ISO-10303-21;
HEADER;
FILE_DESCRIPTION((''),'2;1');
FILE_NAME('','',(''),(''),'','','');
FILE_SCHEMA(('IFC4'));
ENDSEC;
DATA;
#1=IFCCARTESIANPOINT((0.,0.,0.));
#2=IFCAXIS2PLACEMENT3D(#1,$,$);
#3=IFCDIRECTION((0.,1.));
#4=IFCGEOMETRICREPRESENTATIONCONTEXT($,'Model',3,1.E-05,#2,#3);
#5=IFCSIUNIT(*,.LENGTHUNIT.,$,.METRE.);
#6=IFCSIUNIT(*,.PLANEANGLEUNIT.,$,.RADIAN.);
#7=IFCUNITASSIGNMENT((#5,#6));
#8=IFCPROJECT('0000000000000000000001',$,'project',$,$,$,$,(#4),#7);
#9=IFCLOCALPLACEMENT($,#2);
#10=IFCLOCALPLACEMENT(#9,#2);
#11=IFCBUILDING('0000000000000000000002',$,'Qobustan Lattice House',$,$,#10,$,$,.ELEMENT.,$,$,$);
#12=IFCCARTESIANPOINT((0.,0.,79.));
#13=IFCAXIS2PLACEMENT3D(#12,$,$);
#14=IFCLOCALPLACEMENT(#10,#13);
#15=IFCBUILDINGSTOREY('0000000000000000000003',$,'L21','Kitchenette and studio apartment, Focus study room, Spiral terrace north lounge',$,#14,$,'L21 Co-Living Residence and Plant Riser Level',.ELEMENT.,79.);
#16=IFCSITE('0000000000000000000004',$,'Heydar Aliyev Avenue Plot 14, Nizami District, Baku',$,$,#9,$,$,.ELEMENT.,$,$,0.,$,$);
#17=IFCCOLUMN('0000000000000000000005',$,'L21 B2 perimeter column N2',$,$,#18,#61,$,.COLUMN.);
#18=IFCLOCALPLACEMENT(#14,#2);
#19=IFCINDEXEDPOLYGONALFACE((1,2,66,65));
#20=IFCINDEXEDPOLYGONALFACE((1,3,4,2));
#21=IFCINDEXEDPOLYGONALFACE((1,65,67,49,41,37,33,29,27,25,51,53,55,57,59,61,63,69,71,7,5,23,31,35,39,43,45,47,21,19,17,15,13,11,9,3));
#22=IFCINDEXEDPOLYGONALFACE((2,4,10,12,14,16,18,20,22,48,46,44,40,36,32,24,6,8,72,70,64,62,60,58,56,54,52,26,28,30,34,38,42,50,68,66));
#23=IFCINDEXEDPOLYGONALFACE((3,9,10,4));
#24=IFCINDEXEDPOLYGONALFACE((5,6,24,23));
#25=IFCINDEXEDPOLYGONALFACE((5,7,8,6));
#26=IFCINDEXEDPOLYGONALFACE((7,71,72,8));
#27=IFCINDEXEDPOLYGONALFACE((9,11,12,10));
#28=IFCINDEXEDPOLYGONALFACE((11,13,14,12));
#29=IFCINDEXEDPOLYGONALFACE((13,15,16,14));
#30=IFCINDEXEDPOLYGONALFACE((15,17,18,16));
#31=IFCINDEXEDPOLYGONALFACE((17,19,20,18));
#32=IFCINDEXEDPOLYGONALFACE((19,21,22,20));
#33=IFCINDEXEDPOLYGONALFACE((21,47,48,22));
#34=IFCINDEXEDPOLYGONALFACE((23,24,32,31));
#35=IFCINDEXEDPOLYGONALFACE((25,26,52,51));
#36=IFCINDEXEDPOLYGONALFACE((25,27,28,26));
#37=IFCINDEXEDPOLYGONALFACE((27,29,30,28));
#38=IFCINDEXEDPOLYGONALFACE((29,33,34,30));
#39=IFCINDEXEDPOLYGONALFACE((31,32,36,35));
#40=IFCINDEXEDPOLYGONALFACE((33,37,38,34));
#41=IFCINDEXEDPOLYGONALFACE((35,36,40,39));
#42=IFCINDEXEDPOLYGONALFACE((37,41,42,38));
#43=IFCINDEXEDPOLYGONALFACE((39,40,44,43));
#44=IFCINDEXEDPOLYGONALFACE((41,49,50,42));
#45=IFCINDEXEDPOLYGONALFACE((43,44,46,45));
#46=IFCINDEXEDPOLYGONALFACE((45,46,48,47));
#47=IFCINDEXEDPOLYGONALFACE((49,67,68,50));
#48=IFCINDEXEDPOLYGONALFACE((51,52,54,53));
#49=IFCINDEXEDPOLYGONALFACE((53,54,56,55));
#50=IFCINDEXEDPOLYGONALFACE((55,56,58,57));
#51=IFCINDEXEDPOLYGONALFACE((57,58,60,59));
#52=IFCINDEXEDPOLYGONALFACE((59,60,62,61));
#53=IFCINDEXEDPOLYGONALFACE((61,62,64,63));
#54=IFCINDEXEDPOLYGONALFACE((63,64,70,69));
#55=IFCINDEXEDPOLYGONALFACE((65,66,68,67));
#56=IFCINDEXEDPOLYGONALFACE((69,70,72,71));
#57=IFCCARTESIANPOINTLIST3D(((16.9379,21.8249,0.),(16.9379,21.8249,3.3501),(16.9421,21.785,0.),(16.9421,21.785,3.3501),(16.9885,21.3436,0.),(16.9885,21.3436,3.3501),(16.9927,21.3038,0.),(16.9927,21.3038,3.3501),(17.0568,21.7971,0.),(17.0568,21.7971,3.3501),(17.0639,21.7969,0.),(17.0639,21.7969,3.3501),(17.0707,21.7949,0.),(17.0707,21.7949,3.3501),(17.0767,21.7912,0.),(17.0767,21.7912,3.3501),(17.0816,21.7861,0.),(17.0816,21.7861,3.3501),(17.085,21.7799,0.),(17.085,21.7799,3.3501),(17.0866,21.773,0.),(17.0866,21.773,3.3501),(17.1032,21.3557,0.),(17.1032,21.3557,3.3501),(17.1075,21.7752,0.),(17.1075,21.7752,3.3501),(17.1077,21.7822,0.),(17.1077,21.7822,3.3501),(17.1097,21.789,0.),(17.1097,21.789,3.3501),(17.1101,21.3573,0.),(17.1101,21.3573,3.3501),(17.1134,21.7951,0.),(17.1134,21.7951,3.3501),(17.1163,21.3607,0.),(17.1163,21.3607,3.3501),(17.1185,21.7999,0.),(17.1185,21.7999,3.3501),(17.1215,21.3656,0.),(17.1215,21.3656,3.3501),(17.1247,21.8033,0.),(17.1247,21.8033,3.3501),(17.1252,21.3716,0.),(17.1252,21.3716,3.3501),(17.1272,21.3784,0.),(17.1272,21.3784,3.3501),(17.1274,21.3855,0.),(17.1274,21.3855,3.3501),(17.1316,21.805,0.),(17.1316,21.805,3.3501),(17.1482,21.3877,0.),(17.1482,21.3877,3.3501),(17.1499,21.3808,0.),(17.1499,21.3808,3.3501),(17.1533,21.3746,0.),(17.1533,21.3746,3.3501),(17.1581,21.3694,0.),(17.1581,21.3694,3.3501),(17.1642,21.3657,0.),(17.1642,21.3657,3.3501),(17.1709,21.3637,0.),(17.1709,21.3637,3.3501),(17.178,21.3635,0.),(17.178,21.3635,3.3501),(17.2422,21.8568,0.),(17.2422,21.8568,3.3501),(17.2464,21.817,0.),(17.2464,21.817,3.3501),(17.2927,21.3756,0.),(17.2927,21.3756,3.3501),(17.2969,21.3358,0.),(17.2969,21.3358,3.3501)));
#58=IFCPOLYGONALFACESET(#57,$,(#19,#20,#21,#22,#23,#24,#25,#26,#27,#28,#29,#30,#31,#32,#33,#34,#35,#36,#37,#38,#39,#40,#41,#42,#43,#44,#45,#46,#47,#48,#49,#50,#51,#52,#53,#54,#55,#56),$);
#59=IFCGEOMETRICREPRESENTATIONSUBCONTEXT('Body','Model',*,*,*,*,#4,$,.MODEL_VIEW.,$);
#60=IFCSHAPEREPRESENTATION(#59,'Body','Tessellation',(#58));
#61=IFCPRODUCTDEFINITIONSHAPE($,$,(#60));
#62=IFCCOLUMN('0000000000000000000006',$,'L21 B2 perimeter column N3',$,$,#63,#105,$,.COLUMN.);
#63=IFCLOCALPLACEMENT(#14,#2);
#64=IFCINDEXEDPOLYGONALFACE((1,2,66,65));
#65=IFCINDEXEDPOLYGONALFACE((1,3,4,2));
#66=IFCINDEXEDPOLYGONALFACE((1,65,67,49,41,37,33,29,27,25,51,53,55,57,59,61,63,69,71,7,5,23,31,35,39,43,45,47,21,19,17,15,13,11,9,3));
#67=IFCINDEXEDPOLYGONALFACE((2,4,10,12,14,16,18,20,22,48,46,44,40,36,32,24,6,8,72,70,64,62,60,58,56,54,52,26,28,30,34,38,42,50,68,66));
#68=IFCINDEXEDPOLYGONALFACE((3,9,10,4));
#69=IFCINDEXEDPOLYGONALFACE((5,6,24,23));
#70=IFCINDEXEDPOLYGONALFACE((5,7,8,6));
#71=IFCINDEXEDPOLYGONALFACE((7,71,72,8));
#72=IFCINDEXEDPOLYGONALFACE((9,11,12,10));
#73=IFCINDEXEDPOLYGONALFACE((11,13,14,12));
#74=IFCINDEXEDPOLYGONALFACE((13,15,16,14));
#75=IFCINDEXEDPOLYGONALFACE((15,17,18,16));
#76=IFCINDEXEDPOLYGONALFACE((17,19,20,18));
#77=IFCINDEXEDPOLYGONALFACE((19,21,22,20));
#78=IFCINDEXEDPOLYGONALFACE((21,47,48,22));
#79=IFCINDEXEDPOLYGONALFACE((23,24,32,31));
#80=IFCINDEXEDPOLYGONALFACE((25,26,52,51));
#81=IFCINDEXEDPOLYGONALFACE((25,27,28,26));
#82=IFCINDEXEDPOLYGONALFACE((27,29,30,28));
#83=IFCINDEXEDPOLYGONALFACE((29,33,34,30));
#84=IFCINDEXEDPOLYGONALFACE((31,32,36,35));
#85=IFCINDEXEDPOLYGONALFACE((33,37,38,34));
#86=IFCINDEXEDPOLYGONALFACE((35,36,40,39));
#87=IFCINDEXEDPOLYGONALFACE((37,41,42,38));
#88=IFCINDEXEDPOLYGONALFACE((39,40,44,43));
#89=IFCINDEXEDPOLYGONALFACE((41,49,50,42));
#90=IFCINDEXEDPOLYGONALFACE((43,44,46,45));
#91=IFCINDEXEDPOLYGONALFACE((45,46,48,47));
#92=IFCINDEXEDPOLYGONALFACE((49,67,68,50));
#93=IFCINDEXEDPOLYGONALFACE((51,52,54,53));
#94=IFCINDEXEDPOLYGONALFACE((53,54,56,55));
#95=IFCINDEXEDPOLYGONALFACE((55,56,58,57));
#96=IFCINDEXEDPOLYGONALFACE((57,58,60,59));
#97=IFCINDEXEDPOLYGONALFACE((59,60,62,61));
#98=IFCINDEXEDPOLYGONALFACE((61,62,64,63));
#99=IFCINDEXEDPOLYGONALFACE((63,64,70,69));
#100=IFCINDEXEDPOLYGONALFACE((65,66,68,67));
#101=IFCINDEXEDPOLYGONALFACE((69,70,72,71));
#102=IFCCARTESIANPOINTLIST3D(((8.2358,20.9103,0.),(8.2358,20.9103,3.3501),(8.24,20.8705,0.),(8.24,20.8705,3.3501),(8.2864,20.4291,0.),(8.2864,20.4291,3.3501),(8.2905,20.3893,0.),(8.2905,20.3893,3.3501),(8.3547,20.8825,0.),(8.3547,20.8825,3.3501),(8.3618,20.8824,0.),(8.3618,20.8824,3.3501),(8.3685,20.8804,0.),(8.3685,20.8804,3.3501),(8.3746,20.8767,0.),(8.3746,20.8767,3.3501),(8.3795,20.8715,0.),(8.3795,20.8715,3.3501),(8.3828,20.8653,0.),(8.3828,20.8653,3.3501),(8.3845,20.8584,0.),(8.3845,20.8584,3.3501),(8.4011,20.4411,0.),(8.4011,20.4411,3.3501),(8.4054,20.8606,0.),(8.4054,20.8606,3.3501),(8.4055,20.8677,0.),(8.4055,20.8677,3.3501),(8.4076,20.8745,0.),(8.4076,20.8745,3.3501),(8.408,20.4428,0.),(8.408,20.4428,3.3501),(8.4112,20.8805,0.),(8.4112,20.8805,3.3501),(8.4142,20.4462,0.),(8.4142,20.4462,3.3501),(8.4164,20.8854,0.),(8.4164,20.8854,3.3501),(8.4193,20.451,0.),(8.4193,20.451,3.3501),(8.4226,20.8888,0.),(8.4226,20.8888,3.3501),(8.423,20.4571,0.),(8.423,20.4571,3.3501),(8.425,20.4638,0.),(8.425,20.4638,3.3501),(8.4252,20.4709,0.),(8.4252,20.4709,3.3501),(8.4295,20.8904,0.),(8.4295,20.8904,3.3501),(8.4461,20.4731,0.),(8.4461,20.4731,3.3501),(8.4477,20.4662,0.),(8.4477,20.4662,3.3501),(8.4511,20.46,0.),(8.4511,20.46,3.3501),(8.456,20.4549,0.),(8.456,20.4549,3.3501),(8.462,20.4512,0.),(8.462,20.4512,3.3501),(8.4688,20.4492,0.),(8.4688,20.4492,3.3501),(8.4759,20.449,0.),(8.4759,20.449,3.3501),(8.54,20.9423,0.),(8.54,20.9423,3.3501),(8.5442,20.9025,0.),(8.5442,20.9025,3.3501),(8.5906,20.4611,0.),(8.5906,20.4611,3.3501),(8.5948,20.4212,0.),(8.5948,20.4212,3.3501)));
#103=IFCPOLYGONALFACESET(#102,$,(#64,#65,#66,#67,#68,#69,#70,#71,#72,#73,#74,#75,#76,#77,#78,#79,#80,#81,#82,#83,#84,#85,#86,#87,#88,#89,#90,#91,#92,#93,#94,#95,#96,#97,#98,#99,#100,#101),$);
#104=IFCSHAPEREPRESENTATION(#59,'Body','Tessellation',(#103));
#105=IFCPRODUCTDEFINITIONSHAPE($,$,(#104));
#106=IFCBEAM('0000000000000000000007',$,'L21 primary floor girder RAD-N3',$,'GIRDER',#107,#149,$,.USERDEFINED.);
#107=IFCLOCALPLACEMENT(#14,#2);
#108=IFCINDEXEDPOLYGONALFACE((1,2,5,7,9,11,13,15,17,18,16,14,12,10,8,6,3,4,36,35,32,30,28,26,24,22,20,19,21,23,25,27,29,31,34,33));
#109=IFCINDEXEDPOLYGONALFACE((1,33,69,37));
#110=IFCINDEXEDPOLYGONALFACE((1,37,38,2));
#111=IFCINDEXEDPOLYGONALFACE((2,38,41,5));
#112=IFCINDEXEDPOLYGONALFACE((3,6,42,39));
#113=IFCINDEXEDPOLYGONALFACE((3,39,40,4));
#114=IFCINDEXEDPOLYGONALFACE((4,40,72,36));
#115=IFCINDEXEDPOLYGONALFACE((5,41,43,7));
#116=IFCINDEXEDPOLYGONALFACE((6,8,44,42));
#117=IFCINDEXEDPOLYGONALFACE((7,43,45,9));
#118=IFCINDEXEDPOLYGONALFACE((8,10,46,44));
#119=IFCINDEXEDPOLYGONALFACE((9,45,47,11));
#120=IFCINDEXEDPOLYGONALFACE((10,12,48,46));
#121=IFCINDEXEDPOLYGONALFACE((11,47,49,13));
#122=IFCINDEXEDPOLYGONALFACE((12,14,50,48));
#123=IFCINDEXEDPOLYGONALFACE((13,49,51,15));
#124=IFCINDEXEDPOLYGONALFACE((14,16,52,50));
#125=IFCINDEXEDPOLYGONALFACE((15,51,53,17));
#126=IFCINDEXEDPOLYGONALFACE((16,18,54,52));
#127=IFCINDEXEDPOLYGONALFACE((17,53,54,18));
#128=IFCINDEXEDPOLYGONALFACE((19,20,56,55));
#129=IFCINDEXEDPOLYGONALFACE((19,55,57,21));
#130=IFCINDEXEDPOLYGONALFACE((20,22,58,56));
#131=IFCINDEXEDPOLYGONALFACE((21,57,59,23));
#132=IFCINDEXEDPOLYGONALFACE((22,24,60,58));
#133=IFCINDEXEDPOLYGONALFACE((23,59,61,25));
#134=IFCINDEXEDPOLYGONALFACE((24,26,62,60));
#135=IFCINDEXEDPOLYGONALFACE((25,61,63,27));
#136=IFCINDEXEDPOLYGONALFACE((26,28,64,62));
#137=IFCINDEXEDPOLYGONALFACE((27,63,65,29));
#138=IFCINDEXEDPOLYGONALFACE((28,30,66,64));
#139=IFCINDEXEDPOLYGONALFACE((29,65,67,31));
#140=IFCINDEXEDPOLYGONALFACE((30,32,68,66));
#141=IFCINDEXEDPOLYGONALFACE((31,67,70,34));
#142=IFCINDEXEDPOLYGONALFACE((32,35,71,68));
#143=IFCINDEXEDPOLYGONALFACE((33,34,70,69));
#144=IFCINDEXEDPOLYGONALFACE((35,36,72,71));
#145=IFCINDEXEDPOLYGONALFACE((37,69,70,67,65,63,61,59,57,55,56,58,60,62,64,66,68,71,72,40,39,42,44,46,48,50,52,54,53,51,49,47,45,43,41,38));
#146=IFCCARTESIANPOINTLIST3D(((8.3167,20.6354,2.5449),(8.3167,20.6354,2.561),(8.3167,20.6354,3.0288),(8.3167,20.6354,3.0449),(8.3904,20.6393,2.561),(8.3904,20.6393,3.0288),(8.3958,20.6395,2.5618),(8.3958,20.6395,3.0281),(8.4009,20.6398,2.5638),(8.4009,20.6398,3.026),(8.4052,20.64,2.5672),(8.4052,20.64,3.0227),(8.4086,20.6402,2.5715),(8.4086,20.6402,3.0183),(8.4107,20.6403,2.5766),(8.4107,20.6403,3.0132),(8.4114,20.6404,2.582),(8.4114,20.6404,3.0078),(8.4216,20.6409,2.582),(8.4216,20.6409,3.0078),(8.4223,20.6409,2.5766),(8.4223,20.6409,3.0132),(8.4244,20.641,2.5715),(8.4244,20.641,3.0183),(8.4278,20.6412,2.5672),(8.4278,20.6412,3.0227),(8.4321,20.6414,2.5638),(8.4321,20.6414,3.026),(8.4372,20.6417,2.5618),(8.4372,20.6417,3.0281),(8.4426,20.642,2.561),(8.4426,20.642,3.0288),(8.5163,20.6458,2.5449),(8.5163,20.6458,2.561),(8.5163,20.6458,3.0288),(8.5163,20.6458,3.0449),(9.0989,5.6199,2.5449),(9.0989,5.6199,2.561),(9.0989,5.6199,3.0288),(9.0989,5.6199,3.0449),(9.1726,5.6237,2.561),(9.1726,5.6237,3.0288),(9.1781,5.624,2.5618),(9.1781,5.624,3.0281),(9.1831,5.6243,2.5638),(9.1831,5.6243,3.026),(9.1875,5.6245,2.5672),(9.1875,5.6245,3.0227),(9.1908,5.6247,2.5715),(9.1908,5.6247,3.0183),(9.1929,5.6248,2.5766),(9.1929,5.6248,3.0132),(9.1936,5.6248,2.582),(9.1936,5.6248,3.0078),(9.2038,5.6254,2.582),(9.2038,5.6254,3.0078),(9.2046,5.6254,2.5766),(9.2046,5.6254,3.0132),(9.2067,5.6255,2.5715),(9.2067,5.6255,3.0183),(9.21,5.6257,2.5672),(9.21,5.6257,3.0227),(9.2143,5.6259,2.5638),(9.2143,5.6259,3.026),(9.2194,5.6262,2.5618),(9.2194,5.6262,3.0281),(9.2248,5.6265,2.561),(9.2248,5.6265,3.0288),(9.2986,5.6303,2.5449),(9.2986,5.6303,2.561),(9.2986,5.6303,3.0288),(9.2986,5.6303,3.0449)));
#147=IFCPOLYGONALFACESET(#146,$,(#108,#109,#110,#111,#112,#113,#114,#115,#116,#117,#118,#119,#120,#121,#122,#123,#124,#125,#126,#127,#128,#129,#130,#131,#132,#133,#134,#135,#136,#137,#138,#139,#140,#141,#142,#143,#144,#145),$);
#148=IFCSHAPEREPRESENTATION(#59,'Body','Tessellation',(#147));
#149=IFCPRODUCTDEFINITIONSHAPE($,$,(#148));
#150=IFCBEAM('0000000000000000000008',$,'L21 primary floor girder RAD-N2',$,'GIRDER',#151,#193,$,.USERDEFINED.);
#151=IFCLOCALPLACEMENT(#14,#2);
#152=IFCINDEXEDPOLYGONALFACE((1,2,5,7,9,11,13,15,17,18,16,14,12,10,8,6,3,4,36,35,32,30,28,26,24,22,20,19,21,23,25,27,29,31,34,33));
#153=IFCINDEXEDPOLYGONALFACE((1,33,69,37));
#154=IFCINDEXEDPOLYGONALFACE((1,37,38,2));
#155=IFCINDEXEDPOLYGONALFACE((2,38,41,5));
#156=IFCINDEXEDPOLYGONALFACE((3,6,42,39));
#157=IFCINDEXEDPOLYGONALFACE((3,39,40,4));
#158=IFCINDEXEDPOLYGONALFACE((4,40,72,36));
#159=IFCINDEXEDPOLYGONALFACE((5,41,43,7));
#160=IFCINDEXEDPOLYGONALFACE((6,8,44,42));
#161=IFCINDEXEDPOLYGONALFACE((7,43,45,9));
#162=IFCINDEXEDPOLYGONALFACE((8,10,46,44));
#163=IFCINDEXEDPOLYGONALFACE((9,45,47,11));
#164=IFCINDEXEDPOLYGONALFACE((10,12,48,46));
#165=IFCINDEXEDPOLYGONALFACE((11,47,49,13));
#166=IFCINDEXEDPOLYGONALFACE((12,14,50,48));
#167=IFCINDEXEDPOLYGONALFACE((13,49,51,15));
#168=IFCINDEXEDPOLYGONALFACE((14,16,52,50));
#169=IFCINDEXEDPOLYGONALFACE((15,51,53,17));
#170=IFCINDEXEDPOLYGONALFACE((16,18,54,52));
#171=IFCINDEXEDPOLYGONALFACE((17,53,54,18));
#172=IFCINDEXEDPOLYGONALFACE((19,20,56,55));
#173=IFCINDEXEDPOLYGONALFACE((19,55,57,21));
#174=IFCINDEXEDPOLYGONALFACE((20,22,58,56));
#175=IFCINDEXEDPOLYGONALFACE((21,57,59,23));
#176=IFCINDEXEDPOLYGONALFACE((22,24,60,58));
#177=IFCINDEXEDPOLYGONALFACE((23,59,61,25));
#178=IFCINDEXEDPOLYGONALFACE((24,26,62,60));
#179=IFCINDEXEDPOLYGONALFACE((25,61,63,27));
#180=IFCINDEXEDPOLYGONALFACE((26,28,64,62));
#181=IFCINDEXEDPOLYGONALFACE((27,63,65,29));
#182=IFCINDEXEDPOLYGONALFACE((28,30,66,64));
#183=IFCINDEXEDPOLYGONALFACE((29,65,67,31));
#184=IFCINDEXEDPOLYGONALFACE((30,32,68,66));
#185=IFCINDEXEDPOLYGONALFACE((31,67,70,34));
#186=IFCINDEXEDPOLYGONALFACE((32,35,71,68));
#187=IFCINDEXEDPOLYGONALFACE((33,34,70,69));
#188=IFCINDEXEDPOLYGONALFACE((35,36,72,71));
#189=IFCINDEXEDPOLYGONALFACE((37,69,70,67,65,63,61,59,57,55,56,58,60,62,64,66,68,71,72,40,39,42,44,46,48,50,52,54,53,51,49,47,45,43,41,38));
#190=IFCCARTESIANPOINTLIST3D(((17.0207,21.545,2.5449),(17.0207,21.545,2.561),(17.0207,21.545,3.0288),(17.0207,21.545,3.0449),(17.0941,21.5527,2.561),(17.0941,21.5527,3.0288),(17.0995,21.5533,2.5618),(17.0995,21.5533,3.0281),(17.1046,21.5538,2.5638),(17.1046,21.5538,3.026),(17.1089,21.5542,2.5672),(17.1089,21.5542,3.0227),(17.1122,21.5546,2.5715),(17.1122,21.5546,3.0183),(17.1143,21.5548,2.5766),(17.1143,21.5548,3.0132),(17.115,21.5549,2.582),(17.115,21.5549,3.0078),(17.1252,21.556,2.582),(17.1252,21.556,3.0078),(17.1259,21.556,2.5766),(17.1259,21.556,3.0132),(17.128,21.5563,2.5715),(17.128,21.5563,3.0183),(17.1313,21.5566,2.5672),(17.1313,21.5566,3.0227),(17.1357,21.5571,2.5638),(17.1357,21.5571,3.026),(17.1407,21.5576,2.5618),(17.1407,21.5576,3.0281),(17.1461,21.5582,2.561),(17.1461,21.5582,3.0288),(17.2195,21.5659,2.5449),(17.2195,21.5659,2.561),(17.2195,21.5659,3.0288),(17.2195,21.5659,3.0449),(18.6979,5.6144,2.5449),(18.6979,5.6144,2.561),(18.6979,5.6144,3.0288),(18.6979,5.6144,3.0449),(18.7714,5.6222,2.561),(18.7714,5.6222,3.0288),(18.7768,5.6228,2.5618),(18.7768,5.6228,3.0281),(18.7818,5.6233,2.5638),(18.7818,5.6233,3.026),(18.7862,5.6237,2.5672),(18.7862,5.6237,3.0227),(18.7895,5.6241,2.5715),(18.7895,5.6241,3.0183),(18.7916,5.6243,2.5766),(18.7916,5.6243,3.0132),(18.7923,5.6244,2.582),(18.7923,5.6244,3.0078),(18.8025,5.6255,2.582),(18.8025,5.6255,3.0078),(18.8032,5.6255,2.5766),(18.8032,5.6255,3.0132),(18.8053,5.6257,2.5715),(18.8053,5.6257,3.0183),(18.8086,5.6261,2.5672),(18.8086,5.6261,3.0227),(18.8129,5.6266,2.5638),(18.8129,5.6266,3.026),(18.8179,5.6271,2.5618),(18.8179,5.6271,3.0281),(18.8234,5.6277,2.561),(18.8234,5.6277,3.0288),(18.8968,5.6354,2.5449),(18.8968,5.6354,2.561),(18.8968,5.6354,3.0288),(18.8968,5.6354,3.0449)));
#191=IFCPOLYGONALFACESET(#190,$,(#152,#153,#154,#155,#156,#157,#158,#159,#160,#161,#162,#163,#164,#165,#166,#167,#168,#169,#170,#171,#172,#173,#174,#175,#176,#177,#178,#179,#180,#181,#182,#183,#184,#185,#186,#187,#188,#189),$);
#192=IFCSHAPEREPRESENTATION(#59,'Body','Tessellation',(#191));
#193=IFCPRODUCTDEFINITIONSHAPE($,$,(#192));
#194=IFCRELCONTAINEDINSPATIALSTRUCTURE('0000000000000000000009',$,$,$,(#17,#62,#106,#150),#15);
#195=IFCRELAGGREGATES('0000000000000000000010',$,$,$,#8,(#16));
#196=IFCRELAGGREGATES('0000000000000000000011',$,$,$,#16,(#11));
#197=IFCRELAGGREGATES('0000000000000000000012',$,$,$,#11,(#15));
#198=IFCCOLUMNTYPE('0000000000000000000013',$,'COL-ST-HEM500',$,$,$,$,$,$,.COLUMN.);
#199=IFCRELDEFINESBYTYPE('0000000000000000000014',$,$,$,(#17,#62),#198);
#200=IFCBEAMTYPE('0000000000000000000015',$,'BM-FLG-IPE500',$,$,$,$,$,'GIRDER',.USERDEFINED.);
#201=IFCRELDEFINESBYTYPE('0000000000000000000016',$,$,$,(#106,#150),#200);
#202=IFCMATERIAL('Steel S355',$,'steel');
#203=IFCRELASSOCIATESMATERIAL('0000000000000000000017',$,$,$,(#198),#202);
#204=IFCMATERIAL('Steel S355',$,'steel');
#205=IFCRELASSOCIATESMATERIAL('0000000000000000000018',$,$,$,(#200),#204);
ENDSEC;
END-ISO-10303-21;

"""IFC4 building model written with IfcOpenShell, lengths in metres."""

from ifc_helpers import new_model, si_unit, direction, frame, origin, origin_2d, place, context, subcontext, project, spatial, i_section, extrude, material, material_profile, profile_set, type_object, element, save


model = new_model("IFC4")

# Units and contexts
model_context = context("Model", 3, precision=1e-05, world=origin(), true_north=direction((0.0, 1.0)))
body_context = subcontext(model_context, "Body", "Model", "MODEL_VIEW")
ifc_project = project(units=[si_unit("LENGTHUNIT", "METRE"), si_unit("PLANEANGLEUNIT", "RADIAN")], contexts=[model_context])

# Site, building, storey
site_placement = place(None, origin())
site = spatial("IfcSite", under=ifc_project, at=site_placement, Name="Heydar Aliyev Avenue Plot 14, Nizami District, Baku", CompositionType="ELEMENT", RefElevation=0.0)
building_placement = place(site_placement, origin())
building = spatial("IfcBuilding", under=site, at=building_placement, Name="Qobustan Lattice House", CompositionType="ELEMENT")
storey_placement = place(building_placement, frame((0.0, 0.0, 79.0)))
storey = spatial("IfcBuildingStorey", under=building, at=storey_placement, Name="L21", Description="Kitchenette and studio apartment, Focus study room, Spiral terrace north lounge", LongName="L21 Co-Living Residence and Plant Riser Level", CompositionType="ELEMENT", Elevation=79.0)

# Columns
ifc_material_1 = material(Name="Steel S355", Category="steel")
ifc_material_profile_1 = material_profile(ifc_material_1, i_section(OverallWidth=0.3059, OverallDepth=0.5239, WebThickness=0.021, FlangeThickness=0.04, FilletRadius=0.0271, at=origin_2d()), Name="HEM500")
ifc_profile_set_1 = profile_set([ifc_material_profile_1], Name="Steel S355")
column_type = type_object("IfcColumnType", Name="COL-ST-HEM500", PredefinedType="COLUMN", material=ifc_profile_set_1)
for number, where, z_axis, x_axis, name in (
    (1, (17.1174, 21.5803, 0.0), (0.0, 0.0, 1.0), (0.994522, 0.104528, 0.0), "L21 B2 perimeter column N2"),
    (2, (8.4153, 20.6658, 0.0), (0.0, 0.0, 1.0), (0.994522, 0.104528, 0.0), "L21 B2 perimeter column N3"),
):
    element("IfcColumn", number, at=place(storey_placement, frame(where, z_axis=z_axis, x_axis=x_axis)), inside=storey, type_object=column_type, Name=name, PredefinedType="COLUMN", context=body_context, shape_type="SweptSolid", body=[
        extrude(i_section(OverallWidth=0.3059, OverallDepth=0.5239, WebThickness=0.021, FlangeThickness=0.04, FilletRadius=0.0271, at=origin_2d()), origin(), (0.0, 0.0, 1.0), 3.3501),
    ])

# Beams
ifc_material_2 = material(Name="Steel S355", Category="steel")
ifc_material_profile_2 = material_profile(ifc_material_2, i_section(OverallWidth=0.2, OverallDepth=0.5, WebThickness=0.0103, FlangeThickness=0.0161, FilletRadius=0.021, at=origin_2d()), Name="IPE500")
ifc_profile_set_2 = profile_set([ifc_material_profile_2], Name="Steel S355")
beam_type_1 = type_object("IfcBeamType", Name="BM-FLG-IPE500", ElementType="GIRDER", PredefinedType="USERDEFINED", material=ifc_profile_set_2)
beam_1_placement = place(storey_placement, frame((8.4165, 20.6406, 2.7949), z_axis=(0.052024, -0.998646, 0.0), x_axis=(0.998646, 0.052024, 0.0)))
element("IfcBeam", 3, at=beam_1_placement, inside=storey, type_object=beam_type_1, Name="L21 primary floor girder RAD-N3", ObjectType="GIRDER", PredefinedType="USERDEFINED", context=body_context, shape_type="SweptSolid", body=[
    extrude(i_section(OverallWidth=0.2, OverallDepth=0.5, WebThickness=0.0103, FlangeThickness=0.0161, FilletRadius=0.021, at=origin_2d()), origin(), (0.0, 0.0, 1.0), 15.0359),
])
beam_2_placement = place(storey_placement, frame((17.1201, 21.5554, 2.7949), z_axis=(0.104707, -0.994503, 0.0), x_axis=(0.994503, 0.104707, 0.0)))
element("IfcBeam", 4, at=beam_2_placement, inside=storey, type_object=beam_type_1, Name="L21 primary floor girder RAD-N2", ObjectType="GIRDER", PredefinedType="USERDEFINED", context=body_context, shape_type="SweptSolid", body=[
    extrude(i_section(OverallWidth=0.2, OverallDepth=0.5, WebThickness=0.0103, FlangeThickness=0.0161, FilletRadius=0.021, at=origin_2d()), origin(), (0.0, 0.0, 1.0), 16.0186),
])

save(model, "model.ifc")
